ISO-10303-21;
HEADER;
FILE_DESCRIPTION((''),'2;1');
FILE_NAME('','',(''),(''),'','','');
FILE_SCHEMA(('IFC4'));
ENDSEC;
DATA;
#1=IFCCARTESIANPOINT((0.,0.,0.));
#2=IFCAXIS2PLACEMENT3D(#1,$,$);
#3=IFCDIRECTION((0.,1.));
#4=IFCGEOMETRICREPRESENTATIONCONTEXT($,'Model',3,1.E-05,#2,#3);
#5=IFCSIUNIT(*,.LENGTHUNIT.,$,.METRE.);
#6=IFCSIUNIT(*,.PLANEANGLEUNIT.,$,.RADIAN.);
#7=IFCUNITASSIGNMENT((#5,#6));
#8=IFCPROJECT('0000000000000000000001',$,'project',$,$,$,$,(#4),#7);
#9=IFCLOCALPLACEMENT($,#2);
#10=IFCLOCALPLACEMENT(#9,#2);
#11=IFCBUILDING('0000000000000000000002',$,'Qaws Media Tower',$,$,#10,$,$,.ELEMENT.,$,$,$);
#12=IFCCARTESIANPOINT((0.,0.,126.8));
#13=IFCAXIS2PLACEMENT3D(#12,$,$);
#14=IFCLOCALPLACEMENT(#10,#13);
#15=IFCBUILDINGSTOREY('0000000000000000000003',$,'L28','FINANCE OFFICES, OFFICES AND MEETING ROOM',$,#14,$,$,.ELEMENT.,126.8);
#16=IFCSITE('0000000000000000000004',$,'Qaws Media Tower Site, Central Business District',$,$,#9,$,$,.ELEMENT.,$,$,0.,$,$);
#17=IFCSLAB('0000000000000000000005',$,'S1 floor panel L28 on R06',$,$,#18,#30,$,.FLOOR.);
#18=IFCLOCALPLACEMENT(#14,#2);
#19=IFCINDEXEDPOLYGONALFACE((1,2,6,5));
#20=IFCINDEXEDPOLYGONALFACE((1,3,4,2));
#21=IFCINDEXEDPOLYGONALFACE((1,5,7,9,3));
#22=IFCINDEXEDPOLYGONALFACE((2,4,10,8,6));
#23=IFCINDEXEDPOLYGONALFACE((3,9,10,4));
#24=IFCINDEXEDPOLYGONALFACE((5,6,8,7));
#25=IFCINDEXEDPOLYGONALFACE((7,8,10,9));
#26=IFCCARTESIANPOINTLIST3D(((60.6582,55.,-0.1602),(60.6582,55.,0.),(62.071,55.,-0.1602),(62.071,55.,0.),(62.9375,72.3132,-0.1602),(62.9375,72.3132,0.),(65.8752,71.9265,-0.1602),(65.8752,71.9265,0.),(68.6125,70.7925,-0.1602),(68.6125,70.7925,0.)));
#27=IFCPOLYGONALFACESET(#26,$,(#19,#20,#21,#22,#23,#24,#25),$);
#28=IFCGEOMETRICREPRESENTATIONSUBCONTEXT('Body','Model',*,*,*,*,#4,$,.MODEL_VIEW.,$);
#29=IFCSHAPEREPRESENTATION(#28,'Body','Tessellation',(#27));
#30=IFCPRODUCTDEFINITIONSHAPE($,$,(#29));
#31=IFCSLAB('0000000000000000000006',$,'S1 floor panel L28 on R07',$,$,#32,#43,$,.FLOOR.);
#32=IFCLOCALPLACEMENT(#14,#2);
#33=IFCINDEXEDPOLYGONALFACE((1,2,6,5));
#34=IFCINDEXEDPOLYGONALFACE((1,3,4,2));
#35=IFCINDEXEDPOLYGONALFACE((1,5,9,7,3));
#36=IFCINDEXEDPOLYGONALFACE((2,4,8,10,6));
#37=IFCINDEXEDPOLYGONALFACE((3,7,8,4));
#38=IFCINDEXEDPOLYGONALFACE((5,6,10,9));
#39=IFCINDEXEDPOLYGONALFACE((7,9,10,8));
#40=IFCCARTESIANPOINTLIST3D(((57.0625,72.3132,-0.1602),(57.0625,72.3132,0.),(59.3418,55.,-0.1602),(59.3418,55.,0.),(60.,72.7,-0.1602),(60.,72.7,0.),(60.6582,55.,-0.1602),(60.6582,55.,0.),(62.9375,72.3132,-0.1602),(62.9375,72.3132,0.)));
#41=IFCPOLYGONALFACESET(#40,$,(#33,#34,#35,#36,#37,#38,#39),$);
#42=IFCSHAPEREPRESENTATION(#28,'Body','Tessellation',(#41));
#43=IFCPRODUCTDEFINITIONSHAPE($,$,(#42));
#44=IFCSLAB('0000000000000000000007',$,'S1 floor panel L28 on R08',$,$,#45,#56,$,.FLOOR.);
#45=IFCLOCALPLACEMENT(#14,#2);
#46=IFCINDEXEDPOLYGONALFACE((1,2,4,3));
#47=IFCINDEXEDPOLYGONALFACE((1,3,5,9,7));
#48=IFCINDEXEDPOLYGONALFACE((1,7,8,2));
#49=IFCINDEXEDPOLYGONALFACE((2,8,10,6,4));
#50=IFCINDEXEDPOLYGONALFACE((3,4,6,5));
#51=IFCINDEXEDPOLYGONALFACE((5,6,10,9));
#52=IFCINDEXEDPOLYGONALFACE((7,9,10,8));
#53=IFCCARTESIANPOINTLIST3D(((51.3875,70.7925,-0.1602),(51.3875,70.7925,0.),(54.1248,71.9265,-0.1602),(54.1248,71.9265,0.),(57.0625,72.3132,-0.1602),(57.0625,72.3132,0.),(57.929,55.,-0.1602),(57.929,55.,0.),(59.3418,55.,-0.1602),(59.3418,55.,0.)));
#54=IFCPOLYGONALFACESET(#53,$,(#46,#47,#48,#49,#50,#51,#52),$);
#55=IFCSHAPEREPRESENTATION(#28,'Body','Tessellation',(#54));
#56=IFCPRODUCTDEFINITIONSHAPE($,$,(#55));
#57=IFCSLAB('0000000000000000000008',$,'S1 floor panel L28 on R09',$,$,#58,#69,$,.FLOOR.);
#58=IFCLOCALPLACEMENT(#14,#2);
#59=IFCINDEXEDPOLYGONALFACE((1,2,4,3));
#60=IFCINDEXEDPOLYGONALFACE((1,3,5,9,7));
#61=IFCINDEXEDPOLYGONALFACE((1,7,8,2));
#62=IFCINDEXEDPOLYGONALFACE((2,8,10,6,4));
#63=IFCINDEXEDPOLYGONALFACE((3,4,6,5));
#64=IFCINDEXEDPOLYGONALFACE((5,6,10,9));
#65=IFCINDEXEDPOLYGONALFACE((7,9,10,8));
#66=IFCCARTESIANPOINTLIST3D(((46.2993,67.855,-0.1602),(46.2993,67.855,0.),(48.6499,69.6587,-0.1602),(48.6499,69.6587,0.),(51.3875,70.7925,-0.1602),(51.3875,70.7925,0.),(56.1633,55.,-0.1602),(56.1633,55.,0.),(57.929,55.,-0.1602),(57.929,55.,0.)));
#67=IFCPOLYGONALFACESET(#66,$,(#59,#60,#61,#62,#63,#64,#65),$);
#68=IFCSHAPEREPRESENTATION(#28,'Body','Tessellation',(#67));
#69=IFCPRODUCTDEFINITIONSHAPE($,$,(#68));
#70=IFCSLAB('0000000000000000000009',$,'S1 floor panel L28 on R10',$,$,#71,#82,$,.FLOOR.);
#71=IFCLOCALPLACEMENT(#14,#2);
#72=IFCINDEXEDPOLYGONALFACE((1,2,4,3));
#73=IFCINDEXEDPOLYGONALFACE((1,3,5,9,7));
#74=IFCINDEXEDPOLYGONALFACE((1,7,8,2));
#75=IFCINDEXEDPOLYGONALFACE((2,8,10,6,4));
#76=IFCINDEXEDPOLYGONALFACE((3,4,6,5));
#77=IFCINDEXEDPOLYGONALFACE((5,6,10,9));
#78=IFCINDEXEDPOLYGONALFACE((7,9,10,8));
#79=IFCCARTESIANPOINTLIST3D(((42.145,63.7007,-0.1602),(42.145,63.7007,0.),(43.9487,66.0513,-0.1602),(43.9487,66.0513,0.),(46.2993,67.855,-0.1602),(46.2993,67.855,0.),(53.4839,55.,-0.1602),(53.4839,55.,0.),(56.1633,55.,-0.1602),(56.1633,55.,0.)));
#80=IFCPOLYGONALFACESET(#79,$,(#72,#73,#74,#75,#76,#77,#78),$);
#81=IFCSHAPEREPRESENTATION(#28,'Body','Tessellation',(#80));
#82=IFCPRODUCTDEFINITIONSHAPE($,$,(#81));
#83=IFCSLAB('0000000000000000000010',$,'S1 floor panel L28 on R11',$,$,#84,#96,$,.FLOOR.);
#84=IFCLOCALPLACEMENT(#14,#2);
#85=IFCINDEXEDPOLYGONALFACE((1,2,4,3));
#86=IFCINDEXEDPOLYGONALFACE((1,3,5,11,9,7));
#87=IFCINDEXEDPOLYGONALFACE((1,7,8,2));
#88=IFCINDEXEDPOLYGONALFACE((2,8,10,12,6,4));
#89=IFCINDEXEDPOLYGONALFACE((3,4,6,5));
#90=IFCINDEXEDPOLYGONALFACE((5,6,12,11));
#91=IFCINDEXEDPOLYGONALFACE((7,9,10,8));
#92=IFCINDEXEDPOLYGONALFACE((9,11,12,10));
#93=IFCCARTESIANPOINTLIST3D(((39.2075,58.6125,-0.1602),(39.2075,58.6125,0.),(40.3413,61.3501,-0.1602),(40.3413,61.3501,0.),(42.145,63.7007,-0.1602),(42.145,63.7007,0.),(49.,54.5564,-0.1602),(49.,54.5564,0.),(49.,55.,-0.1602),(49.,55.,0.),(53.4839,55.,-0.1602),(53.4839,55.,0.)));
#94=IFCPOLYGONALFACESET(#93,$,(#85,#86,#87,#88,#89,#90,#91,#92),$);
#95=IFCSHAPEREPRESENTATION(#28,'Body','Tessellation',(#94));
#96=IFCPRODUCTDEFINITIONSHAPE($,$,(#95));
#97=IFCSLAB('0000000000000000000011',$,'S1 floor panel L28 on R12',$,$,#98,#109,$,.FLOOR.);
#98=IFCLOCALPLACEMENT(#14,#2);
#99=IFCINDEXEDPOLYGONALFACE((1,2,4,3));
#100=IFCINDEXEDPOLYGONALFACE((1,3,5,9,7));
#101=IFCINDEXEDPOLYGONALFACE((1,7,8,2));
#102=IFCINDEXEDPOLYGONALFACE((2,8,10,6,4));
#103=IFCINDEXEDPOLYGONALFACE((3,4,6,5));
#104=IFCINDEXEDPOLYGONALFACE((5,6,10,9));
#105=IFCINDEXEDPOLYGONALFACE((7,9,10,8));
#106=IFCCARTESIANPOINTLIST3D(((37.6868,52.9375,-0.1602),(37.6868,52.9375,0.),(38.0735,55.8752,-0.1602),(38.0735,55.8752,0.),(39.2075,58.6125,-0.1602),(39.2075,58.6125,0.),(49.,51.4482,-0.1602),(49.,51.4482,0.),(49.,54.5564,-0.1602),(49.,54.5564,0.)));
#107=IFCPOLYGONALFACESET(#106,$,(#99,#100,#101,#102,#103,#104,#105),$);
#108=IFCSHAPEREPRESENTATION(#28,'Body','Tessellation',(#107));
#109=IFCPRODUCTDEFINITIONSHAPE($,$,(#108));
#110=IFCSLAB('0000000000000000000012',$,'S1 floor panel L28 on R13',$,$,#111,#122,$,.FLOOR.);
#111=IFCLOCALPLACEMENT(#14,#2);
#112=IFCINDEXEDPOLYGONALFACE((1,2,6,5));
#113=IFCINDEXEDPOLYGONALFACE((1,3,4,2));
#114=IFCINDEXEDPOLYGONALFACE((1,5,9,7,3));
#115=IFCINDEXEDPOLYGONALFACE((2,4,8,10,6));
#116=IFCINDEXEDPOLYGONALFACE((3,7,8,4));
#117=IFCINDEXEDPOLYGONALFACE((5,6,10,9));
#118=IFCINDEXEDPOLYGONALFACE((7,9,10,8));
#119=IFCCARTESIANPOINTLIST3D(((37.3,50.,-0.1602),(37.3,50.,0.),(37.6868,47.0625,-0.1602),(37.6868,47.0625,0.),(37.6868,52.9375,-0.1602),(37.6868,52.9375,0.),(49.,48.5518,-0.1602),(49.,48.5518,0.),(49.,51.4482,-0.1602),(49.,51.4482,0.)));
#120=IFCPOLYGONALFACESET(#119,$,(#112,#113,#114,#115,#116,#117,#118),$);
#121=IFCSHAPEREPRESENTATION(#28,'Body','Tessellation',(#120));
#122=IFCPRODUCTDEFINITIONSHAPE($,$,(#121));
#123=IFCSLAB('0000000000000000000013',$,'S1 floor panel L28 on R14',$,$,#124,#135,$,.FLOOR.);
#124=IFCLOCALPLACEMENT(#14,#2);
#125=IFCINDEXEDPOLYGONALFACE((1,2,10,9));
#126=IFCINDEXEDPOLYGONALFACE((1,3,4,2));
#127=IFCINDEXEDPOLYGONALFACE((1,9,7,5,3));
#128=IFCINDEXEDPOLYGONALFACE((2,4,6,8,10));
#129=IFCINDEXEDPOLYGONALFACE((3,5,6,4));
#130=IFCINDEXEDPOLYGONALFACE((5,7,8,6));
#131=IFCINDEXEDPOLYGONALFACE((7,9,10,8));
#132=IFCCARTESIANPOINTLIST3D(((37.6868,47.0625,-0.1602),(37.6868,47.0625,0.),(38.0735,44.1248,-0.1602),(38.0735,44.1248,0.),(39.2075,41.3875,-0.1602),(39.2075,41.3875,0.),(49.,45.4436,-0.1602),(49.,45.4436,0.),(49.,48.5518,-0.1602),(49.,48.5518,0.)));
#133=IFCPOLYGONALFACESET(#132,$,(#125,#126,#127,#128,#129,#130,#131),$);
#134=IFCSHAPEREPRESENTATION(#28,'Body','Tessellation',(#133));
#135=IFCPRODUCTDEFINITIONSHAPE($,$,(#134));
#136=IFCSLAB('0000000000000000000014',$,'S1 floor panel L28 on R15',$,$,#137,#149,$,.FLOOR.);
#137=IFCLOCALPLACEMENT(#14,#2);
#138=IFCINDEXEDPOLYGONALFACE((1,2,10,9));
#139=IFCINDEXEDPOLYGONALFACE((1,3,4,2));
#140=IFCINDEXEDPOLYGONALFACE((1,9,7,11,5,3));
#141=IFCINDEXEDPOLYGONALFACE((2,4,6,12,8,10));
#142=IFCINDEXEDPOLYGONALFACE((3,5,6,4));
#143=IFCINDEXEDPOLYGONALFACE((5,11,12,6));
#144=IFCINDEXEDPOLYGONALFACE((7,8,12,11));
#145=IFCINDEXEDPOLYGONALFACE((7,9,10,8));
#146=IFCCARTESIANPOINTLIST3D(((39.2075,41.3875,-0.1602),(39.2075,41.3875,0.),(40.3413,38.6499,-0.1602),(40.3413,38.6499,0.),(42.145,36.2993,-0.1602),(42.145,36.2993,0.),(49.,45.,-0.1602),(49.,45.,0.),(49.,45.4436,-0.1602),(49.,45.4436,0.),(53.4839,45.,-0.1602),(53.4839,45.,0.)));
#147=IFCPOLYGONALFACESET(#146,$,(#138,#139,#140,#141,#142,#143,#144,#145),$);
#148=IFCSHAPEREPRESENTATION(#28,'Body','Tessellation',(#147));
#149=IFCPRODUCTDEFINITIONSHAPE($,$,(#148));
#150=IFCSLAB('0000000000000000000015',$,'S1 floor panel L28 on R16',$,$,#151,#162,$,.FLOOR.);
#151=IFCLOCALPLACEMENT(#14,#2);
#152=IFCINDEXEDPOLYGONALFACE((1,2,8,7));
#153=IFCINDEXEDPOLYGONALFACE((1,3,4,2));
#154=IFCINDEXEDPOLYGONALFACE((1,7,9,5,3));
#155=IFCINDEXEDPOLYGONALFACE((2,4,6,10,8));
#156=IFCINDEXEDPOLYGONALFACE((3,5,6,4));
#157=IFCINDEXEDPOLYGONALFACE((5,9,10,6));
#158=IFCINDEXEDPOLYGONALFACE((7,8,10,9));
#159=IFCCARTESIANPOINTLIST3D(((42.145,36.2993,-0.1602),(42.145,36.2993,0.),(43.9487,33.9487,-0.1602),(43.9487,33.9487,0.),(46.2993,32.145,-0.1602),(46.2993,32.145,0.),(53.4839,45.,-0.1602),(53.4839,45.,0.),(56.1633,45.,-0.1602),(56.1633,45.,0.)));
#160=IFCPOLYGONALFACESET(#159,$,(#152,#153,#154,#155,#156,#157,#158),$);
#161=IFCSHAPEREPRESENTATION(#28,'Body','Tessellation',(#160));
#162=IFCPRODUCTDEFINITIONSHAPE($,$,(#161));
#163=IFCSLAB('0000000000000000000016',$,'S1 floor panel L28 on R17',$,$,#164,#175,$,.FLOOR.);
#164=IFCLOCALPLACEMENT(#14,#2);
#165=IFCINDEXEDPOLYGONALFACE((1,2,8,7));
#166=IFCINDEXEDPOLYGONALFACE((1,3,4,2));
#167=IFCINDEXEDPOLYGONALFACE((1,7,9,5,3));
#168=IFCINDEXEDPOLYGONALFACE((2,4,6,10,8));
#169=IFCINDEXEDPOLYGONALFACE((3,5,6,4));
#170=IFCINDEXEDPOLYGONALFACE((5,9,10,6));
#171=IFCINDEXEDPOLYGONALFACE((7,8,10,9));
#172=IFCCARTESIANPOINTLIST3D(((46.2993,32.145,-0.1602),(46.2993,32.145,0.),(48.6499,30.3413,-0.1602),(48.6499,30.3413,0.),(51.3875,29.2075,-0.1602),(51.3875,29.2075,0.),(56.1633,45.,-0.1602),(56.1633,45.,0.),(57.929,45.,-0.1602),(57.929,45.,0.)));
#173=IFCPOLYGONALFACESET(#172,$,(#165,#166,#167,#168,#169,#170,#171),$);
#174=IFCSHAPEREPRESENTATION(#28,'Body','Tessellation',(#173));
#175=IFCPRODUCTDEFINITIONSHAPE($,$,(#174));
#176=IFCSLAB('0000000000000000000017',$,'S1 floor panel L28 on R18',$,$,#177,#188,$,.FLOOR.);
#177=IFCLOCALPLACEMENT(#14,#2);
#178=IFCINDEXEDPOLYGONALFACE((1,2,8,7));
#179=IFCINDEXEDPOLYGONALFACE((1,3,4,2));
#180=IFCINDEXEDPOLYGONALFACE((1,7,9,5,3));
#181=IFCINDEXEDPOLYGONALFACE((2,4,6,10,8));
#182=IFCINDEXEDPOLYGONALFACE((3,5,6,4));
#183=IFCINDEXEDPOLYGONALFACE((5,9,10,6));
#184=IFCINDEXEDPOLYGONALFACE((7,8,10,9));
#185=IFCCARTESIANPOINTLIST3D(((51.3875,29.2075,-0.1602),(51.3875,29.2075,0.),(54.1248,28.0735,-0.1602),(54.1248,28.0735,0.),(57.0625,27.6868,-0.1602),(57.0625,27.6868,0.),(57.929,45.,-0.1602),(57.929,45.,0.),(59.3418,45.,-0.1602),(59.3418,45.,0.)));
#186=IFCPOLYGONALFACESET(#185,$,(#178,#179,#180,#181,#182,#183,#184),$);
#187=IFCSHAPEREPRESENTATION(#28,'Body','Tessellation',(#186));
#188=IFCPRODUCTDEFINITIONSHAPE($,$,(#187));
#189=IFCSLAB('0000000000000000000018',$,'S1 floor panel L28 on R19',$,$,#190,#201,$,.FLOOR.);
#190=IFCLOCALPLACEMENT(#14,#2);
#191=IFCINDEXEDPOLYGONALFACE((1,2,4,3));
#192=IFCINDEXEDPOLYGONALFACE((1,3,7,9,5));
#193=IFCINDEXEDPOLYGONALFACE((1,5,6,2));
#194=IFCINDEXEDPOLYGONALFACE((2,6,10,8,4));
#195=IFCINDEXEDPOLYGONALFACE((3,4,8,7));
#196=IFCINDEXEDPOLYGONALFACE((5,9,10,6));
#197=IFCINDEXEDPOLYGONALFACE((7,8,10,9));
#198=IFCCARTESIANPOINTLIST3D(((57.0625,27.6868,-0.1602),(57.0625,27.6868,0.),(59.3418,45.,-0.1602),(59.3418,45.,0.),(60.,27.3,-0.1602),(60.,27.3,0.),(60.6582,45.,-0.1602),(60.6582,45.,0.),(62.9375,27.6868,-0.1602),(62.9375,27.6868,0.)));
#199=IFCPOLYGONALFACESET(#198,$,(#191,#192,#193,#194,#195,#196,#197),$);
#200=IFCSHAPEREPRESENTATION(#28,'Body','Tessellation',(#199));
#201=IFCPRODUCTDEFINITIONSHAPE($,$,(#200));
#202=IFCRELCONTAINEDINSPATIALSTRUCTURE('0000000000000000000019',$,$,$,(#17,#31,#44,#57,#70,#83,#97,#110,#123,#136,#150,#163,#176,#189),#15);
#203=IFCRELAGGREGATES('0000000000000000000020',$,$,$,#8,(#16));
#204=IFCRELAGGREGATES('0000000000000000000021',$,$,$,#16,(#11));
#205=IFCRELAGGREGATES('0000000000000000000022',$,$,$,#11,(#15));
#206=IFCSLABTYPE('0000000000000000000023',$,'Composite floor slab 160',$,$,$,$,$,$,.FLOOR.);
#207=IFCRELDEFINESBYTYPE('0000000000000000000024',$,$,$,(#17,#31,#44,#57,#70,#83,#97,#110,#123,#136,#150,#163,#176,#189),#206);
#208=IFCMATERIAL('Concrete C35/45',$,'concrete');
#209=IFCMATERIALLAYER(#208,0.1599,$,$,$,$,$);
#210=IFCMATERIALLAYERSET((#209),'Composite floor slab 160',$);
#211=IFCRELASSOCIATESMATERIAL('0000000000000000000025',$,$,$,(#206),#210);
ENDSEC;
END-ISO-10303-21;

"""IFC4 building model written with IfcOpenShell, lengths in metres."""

from ifc_helpers import new_model, si_unit, direction, frame, origin, place, context, subcontext, project, spatial, polyline, outline, extrude, material, layer, layer_set, type_object, element, save


model = new_model("IFC4")

# Units and contexts
model_context = context("Model", 3, precision=1e-05, world=origin(), true_north=direction((0.0, 1.0)))
body_context = subcontext(model_context, "Body", "Model", "MODEL_VIEW")
ifc_project = project(units=[si_unit("LENGTHUNIT", "METRE"), si_unit("PLANEANGLEUNIT", "RADIAN")], contexts=[model_context])

# Site, building, storey
site_placement = place(None, origin())
site = spatial("IfcSite", under=ifc_project, at=site_placement, Name="Qaws Media Tower Site, Central Business District", CompositionType="ELEMENT", RefElevation=0.0)
building_placement = place(site_placement, origin())
building = spatial("IfcBuilding", under=site, at=building_placement, Name="Qaws Media Tower", CompositionType="ELEMENT")
storey_placement = place(building_placement, frame((0.0, 0.0, 126.8)))
storey = spatial("IfcBuildingStorey", under=building, at=storey_placement, Name="L28", Description="FINANCE OFFICES, OFFICES AND MEETING ROOM", CompositionType="ELEMENT", Elevation=126.8)

# Slabs
ifc_material_1 = material(Name="Concrete C35/45", Category="concrete")
ifc_layer_1 = layer(ifc_material_1, 0.1599)
ifc_layer_set_1 = layer_set([ifc_layer_1], Name="Composite floor slab 160")
slab_type_1 = type_object("IfcSlabType", Name="Composite floor slab 160", PredefinedType="FLOOR", material=ifc_layer_set_1)
slab_1_placement = place(storey_placement, frame((0.0, 0.0, -0.1602)))
element("IfcSlab", 1, at=slab_1_placement, inside=storey, type_object=slab_type_1, Name="S1 floor panel L28 on R06", PredefinedType="FLOOR", context=body_context, shape_type="SweptSolid", body=[
    extrude(outline(polyline([(65.8752, 71.9265), (68.6125, 70.7925), (62.071, 55.0), (60.6582, 55.0), (62.9375, 72.3132), (65.8752, 71.9265)])), origin(), (0.0, 0.0, 1.0), 0.1602),
])
slab_2_placement = place(storey_placement, frame((0.0, 0.0, -0.1602)))
element("IfcSlab", 2, at=slab_2_placement, inside=storey, type_object=slab_type_1, Name="S1 floor panel L28 on R07", PredefinedType="FLOOR", context=body_context, shape_type="SweptSolid", body=[
    extrude(outline(polyline([(60.0, 72.7), (62.9375, 72.3132), (60.6582, 55.0), (59.3418, 55.0), (57.0625, 72.3132), (60.0, 72.7)])), origin(), (0.0, 0.0, 1.0), 0.1602),
])
slab_3_placement = place(storey_placement, frame((0.0, 0.0, -0.1602)))
element("IfcSlab", 3, at=slab_3_placement, inside=storey, type_object=slab_type_1, Name="S1 floor panel L28 on R08", PredefinedType="FLOOR", context=body_context, shape_type="SweptSolid", body=[
    extrude(outline(polyline([(54.1248, 71.9265), (57.0625, 72.3132), (59.3418, 55.0), (57.929, 55.0), (51.3875, 70.7925), (54.1248, 71.9265)])), origin(), (0.0, 0.0, 1.0), 0.1602),
])
slab_4_placement = place(storey_placement, frame((0.0, 0.0, -0.1602)))
element("IfcSlab", 4, at=slab_4_placement, inside=storey, type_object=slab_type_1, Name="S1 floor panel L28 on R09", PredefinedType="FLOOR", context=body_context, shape_type="SweptSolid", body=[
    extrude(outline(polyline([(48.6499, 69.6587), (51.3875, 70.7925), (57.929, 55.0), (56.1633, 55.0), (46.2993, 67.855), (48.6499, 69.6587)])), origin(), (0.0, 0.0, 1.0), 0.1602),
])
slab_5_placement = place(storey_placement, frame((0.0, 0.0, -0.1602)))
element("IfcSlab", 5, at=slab_5_placement, inside=storey, type_object=slab_type_1, Name="S1 floor panel L28 on R10", PredefinedType="FLOOR", context=body_context, shape_type="SweptSolid", body=[
    extrude(outline(polyline([(43.9487, 66.0513), (46.2993, 67.855), (56.1633, 55.0), (53.4839, 55.0), (42.145, 63.7007), (43.9487, 66.0513)])), origin(), (0.0, 0.0, 1.0), 0.1602),
])
slab_6_placement = place(storey_placement, frame((0.0, 0.0, -0.1602)))
element("IfcSlab", 6, at=slab_6_placement, inside=storey, type_object=slab_type_1, Name="S1 floor panel L28 on R11", PredefinedType="FLOOR", context=body_context, shape_type="SweptSolid", body=[
    extrude(outline(polyline([(40.3413, 61.3501), (42.145, 63.7007), (53.4839, 55.0), (49.0, 55.0), (49.0, 54.5564), (39.2075, 58.6125), (40.3413, 61.3501)])), origin(), (0.0, 0.0, 1.0), 0.1602),
])
slab_7_placement = place(storey_placement, frame((0.0, 0.0, -0.1602)))
element("IfcSlab", 7, at=slab_7_placement, inside=storey, type_object=slab_type_1, Name="S1 floor panel L28 on R12", PredefinedType="FLOOR", context=body_context, shape_type="SweptSolid", body=[
    extrude(outline(polyline([(38.0735, 55.8752), (39.2075, 58.6125), (49.0, 54.5564), (49.0, 51.4482), (37.6868, 52.9375), (38.0735, 55.8752)])), origin(), (0.0, 0.0, 1.0), 0.1602),
])
slab_8_placement = place(storey_placement, frame((0.0, 0.0, -0.1602)))
element("IfcSlab", 8, at=slab_8_placement, inside=storey, type_object=slab_type_1, Name="S1 floor panel L28 on R13", PredefinedType="FLOOR", context=body_context, shape_type="SweptSolid", body=[
    extrude(outline(polyline([(37.3, 50.0), (37.6868, 52.9375), (49.0, 51.4482), (49.0, 48.5518), (37.6868, 47.0625), (37.3, 50.0)])), origin(), (0.0, 0.0, 1.0), 0.1602),
])
slab_9_placement = place(storey_placement, frame((0.0, 0.0, -0.1602)))
element("IfcSlab", 9, at=slab_9_placement, inside=storey, type_object=slab_type_1, Name="S1 floor panel L28 on R14", PredefinedType="FLOOR", context=body_context, shape_type="SweptSolid", body=[
    extrude(outline(polyline([(38.0735, 44.1248), (37.6868, 47.0625), (49.0, 48.5518), (49.0, 45.4436), (39.2075, 41.3875), (38.0735, 44.1248)])), origin(), (0.0, 0.0, 1.0), 0.1602),
])
slab_10_placement = place(storey_placement, frame((0.0, 0.0, -0.1602)))
element("IfcSlab", 10, at=slab_10_placement, inside=storey, type_object=slab_type_1, Name="S1 floor panel L28 on R15", PredefinedType="FLOOR", context=body_context, shape_type="SweptSolid", body=[
    extrude(outline(polyline([(40.3413, 38.6499), (39.2075, 41.3875), (49.0, 45.4436), (49.0, 45.0), (53.4839, 45.0), (42.145, 36.2993), (40.3413, 38.6499)])), origin(), (0.0, 0.0, 1.0), 0.1602),
])
slab_11_placement = place(storey_placement, frame((0.0, 0.0, -0.1602)))
element("IfcSlab", 11, at=slab_11_placement, inside=storey, type_object=slab_type_1, Name="S1 floor panel L28 on R16", PredefinedType="FLOOR", context=body_context, shape_type="SweptSolid", body=[
    extrude(outline(polyline([(43.9487, 33.9487), (42.145, 36.2993), (53.4839, 45.0), (56.1633, 45.0), (46.2993, 32.145), (43.9487, 33.9487)])), origin(), (0.0, 0.0, 1.0), 0.1602),
])
slab_12_placement = place(storey_placement, frame((0.0, 0.0, -0.1602)))
element("IfcSlab", 12, at=slab_12_placement, inside=storey, type_object=slab_type_1, Name="S1 floor panel L28 on R17", PredefinedType="FLOOR", context=body_context, shape_type="SweptSolid", body=[
    extrude(outline(polyline([(48.6499, 30.3413), (46.2993, 32.145), (56.1633, 45.0), (57.929, 45.0), (51.3875, 29.2075), (48.6499, 30.3413)])), origin(), (0.0, 0.0, 1.0), 0.1602),
])
slab_13_placement = place(storey_placement, frame((0.0, 0.0, -0.1602)))
element("IfcSlab", 13, at=slab_13_placement, inside=storey, type_object=slab_type_1, Name="S1 floor panel L28 on R18", PredefinedType="FLOOR", context=body_context, shape_type="SweptSolid", body=[
    extrude(outline(polyline([(54.1248, 28.0735), (51.3875, 29.2075), (57.929, 45.0), (59.3418, 45.0), (57.0625, 27.6868), (54.1248, 28.0735)])), origin(), (0.0, 0.0, 1.0), 0.1602),
])
slab_14_placement = place(storey_placement, frame((0.0, 0.0, -0.1602)))
element("IfcSlab", 14, at=slab_14_placement, inside=storey, type_object=slab_type_1, Name="S1 floor panel L28 on R19", PredefinedType="FLOOR", context=body_context, shape_type="SweptSolid", body=[
    extrude(outline(polyline([(60.0, 27.3), (57.0625, 27.6868), (59.3418, 45.0), (60.6582, 45.0), (62.9375, 27.6868), (60.0, 27.3)])), origin(), (0.0, 0.0, 1.0), 0.1602),
])

save(model, "model.ifc")
